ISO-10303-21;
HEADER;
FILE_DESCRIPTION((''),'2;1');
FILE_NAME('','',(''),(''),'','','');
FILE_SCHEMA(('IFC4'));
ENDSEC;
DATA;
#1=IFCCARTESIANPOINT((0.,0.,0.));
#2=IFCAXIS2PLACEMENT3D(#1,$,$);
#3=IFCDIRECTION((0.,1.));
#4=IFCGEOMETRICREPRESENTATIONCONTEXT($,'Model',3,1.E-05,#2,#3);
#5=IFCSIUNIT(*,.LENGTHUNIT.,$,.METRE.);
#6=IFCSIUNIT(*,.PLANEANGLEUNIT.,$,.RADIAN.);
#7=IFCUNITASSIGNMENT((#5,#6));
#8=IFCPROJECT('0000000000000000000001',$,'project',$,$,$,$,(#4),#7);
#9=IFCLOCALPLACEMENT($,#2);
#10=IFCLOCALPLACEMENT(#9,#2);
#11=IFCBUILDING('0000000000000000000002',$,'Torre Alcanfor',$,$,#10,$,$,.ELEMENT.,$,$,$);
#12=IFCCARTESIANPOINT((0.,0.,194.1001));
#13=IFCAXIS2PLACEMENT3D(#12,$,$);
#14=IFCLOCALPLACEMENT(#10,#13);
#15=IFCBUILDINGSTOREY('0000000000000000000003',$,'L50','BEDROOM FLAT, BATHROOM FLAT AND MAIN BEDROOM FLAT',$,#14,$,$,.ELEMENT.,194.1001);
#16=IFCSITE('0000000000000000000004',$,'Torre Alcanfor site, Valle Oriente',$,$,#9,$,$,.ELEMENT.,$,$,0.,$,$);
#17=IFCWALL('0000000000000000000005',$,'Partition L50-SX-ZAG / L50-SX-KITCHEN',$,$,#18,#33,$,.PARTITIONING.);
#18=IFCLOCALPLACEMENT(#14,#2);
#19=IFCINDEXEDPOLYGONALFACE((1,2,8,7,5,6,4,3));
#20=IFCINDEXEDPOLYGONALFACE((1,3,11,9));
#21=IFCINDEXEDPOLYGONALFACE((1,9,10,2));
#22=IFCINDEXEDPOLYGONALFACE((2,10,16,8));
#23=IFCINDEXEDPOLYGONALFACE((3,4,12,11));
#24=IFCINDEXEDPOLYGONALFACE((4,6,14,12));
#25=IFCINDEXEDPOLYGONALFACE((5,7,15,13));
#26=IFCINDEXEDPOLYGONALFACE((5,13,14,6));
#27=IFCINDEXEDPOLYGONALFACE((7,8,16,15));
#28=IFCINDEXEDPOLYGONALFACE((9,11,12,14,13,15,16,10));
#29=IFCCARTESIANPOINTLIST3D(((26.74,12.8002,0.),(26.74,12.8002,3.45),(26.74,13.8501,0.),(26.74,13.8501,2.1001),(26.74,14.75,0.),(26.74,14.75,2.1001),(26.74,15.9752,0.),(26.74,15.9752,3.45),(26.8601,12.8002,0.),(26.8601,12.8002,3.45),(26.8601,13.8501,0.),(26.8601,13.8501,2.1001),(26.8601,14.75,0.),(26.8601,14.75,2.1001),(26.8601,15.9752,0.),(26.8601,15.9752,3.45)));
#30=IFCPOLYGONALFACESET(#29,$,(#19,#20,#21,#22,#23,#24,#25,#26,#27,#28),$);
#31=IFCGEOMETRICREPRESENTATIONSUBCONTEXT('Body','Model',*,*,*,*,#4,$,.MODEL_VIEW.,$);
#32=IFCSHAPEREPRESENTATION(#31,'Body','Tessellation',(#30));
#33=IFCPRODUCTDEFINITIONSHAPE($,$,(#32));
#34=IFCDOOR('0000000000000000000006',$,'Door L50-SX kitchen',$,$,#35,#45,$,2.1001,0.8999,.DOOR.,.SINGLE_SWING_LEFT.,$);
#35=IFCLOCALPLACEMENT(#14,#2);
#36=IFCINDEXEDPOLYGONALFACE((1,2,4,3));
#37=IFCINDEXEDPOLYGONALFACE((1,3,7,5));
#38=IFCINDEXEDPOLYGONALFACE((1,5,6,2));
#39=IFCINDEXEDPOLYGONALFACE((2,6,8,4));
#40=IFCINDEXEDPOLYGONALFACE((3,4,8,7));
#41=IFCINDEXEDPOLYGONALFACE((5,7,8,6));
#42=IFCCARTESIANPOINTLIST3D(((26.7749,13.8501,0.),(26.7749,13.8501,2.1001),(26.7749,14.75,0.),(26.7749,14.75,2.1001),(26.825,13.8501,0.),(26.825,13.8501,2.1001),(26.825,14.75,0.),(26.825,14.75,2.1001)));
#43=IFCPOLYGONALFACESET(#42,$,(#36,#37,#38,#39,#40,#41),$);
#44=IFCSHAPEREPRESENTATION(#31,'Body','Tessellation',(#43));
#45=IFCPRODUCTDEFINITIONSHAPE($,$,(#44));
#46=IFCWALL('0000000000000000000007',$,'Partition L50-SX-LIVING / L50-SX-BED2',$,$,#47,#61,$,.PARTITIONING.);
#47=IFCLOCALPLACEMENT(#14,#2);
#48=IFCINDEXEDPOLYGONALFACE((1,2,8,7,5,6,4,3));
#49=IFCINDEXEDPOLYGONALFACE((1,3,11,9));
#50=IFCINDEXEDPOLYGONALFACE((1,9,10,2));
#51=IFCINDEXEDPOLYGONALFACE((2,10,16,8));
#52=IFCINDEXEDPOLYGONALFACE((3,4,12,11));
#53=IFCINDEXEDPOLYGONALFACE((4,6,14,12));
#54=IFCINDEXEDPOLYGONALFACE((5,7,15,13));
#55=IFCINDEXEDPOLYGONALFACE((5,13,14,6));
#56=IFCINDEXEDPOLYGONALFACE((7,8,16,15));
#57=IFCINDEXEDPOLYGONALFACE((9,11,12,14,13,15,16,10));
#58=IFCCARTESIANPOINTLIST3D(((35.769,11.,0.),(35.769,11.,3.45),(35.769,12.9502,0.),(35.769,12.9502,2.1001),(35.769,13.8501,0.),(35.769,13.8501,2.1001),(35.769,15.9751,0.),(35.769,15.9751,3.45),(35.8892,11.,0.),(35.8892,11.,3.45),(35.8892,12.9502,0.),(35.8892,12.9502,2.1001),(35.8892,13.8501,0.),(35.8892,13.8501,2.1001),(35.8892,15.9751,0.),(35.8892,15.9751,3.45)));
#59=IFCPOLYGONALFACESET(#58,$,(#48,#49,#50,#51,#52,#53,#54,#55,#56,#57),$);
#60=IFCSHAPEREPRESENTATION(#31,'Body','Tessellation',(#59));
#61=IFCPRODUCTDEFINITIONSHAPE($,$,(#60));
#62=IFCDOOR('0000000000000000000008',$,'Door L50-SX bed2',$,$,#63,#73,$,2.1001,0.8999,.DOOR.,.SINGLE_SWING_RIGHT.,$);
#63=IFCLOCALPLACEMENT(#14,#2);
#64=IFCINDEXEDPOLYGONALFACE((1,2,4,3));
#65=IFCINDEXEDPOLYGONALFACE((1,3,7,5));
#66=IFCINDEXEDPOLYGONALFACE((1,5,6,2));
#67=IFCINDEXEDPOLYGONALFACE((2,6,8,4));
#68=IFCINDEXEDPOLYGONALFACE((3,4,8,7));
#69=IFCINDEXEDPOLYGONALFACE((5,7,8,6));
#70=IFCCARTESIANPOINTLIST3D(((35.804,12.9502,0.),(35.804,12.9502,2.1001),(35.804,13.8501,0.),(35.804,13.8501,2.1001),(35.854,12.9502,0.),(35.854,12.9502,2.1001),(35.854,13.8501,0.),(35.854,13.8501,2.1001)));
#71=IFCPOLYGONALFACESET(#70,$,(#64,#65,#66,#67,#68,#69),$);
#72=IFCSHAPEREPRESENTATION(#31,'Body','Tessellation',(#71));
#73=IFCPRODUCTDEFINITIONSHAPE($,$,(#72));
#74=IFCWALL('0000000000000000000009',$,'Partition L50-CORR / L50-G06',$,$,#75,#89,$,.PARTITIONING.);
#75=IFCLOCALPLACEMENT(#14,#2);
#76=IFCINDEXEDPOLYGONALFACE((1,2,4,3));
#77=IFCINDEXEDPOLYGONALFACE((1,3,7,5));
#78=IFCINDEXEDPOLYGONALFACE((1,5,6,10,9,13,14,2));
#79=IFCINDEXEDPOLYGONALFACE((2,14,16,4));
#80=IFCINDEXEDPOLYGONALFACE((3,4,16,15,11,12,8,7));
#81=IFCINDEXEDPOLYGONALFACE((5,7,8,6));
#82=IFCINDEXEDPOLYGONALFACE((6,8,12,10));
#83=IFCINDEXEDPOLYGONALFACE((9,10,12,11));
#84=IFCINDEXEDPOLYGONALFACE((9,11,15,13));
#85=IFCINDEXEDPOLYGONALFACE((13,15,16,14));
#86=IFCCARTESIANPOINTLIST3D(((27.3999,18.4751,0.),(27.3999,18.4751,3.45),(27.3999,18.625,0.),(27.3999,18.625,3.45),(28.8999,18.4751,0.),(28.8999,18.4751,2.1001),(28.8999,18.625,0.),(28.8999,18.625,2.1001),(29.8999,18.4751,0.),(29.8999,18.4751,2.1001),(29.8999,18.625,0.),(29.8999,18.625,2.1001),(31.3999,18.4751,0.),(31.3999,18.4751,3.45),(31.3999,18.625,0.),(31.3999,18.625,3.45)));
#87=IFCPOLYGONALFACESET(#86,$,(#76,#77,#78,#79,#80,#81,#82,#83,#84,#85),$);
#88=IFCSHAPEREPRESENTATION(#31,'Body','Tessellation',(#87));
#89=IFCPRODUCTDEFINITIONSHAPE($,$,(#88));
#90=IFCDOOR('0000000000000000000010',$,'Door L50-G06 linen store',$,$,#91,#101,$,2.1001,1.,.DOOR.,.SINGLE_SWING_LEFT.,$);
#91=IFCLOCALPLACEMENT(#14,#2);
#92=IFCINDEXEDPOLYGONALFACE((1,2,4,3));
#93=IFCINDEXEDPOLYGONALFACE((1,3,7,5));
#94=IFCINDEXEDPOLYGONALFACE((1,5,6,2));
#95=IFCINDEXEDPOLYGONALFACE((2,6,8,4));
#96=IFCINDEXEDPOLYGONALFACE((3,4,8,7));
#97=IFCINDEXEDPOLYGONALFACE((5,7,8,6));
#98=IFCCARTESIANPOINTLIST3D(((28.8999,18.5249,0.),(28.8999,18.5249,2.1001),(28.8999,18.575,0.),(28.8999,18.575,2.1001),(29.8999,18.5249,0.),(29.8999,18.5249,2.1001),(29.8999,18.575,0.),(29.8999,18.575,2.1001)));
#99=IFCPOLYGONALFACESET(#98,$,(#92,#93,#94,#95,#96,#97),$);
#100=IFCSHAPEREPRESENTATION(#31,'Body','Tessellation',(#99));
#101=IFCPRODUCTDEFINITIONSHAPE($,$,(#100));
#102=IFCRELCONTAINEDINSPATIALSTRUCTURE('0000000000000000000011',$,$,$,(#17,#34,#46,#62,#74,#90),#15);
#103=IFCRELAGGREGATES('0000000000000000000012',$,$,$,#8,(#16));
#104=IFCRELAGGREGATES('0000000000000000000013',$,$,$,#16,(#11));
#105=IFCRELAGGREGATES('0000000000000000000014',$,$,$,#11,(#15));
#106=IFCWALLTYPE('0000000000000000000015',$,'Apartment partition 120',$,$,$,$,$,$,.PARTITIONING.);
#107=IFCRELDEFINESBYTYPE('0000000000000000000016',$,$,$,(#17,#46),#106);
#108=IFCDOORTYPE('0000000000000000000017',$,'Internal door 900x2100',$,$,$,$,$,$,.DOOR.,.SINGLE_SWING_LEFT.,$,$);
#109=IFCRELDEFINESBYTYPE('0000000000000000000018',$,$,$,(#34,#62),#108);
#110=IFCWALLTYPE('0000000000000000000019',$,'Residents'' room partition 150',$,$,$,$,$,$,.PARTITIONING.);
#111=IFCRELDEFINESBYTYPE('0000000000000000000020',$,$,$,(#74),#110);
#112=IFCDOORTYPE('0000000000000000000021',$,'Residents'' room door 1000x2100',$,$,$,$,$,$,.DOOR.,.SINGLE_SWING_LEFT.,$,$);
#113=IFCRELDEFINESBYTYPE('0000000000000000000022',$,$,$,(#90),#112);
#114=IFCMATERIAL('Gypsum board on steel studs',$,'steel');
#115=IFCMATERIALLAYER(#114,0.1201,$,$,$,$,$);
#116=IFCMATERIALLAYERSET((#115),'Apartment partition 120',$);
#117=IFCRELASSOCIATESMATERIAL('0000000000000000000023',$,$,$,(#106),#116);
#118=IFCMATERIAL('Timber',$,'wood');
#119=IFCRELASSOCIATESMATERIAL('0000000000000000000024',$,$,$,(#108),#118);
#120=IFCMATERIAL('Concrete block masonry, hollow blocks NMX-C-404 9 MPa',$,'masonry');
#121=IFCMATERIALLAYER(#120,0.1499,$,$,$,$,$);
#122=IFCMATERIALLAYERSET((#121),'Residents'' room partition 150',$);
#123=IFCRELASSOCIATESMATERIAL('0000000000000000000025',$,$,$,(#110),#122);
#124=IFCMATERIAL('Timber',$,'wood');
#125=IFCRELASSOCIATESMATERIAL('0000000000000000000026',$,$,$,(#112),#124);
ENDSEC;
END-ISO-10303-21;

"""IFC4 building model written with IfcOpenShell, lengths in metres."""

from ifc_helpers import new_model, si_unit, direction, frame, frame_2d, origin, place, context, subcontext, project, spatial, rectangle, extrude, material, layer, layer_set, type_object, element, fill, save


model = new_model("IFC4")

# Units and contexts
model_context = context("Model", 3, precision=1e-05, world=origin(), true_north=direction((0.0, 1.0)))
body_context = subcontext(model_context, "Body", "Model", "MODEL_VIEW")
ifc_project = project(units=[si_unit("LENGTHUNIT", "METRE"), si_unit("PLANEANGLEUNIT", "RADIAN")], contexts=[model_context])

# Site, building, storey
site_placement = place(None, origin())
site = spatial("IfcSite", under=ifc_project, at=site_placement, Name="Torre Alcanfor site, Valle Oriente", CompositionType="ELEMENT", RefElevation=0.0)
building_placement = place(site_placement, origin())
building = spatial("IfcBuilding", under=site, at=building_placement, Name="Torre Alcanfor", CompositionType="ELEMENT")
storey_placement = place(building_placement, frame((0.0, 0.0, 194.1001)))
storey = spatial("IfcBuildingStorey", under=building, at=storey_placement, Name="L50", Description="BEDROOM FLAT, BATHROOM FLAT AND MAIN BEDROOM FLAT", CompositionType="ELEMENT", Elevation=194.1001)

# Walls, openings, doors
ifc_material_1 = material(Name="Gypsum board on steel studs", Category="steel")
ifc_layer_1 = layer(ifc_material_1, 0.1201)
ifc_layer_set_1 = layer_set([ifc_layer_1], Name="Apartment partition 120")
wall_type_1 = type_object("IfcWallType", Name="Apartment partition 120", PredefinedType="PARTITIONING", material=ifc_layer_set_1)
wall_1_placement = place(storey_placement, frame((26.8, 15.9751, 0.0), z_axis=(0.0, 0.0, 1.0), x_axis=(0.0, -1.0, 0.0)))
wall_1 = element("IfcWall", 1, at=wall_1_placement, inside=storey, type_object=wall_type_1, Name="Partition L50-SX-ZAG / L50-SX-KITCHEN", PredefinedType="PARTITIONING", context=body_context, shape_type="SweptSolid", body=[
    extrude(rectangle(XDim=3.175, YDim=0.1201, at=frame_2d((1.5874, 0.0))), origin(), (0.0, 0.0, 1.0), 3.45),
])
opening_1_placement = place(wall_1_placement, frame((1.2251, 0.0, 0.0)))
opening_1 = element("IfcOpeningElement", 2, at=opening_1_placement, cuts=wall_1, PredefinedType="OPENING", context=body_context, shape_type="SweptSolid", body=[
    extrude(rectangle(XDim=0.8999, YDim=2.1001, at=frame_2d((0.45, 1.05))), frame((0.0, 0.0701, 0.0), z_axis=(0.0, -1.0, 0.0), x_axis=(1.0, 0.0, 0.0)), (0.0, 0.0, 1.0), 0.1401),
])
ifc_material_2 = material(Name="Timber", Category="wood")
door_type_1 = type_object("IfcDoorType", Name="Internal door 900x2100", OperationType="SINGLE_SWING_LEFT", PredefinedType="DOOR", material=ifc_material_2)
door_1_placement = place(opening_1_placement, frame((0.8999, 0.0, 0.0), z_axis=(0.0, 0.0, 1.0), x_axis=(-1.0, 0.0, 0.0)))
door_1 = element("IfcDoor", 3, at=door_1_placement, inside=storey, type_object=door_type_1, Name="Door L50-SX kitchen", OperationType="SINGLE_SWING_LEFT", OverallHeight=2.1001, OverallWidth=0.8999, PredefinedType="DOOR", context=body_context, shape_type="SweptSolid", body=[
    extrude(rectangle(XDim=0.8999, YDim=2.1001, at=frame_2d((0.45, 1.05))), frame((0.0, 0.0251, 0.0), z_axis=(0.0, -1.0, 0.0), x_axis=(1.0, 0.0, 0.0)), (0.0, 0.0, 1.0), 0.05),
])
fill(opening_1, door_1)
wall_2_placement = place(storey_placement, frame((35.8291, 15.9751, 0.0), z_axis=(0.0, 0.0, 1.0), x_axis=(0.0, -1.0, 0.0)))
wall_2 = element("IfcWall", 4, at=wall_2_placement, inside=storey, type_object=wall_type_1, Name="Partition L50-SX-LIVING / L50-SX-BED2", PredefinedType="PARTITIONING", context=body_context, shape_type="SweptSolid", body=[
    extrude(rectangle(XDim=4.9751, YDim=0.1201, at=frame_2d((2.4875, 0.0))), origin(), (0.0, 0.0, 1.0), 3.45),
])
opening_2_placement = place(wall_2_placement, frame((2.125, 0.0, 0.0)))
opening_2 = element("IfcOpeningElement", 5, at=opening_2_placement, cuts=wall_2, PredefinedType="OPENING", context=body_context, shape_type="SweptSolid", body=[
    extrude(rectangle(XDim=0.8999, YDim=2.1001, at=frame_2d((0.45, 1.05))), frame((0.0, 0.0701, 0.0), z_axis=(0.0, -1.0, 0.0), x_axis=(1.0, 0.0, 0.0)), (0.0, 0.0, 1.0), 0.1401),
])
door_2_placement = place(opening_2_placement, origin())
door_2 = element("IfcDoor", 6, at=door_2_placement, inside=storey, type_object=door_type_1, Name="Door L50-SX bed2", OperationType="SINGLE_SWING_RIGHT", OverallHeight=2.1001, OverallWidth=0.8999, PredefinedType="DOOR", context=body_context, shape_type="SweptSolid", body=[
    extrude(rectangle(XDim=0.8999, YDim=2.1001, at=frame_2d((0.45, 1.05))), frame((0.0, 0.0249, 0.0), z_axis=(0.0, -1.0, 0.0), x_axis=(1.0, 0.0, 0.0)), (0.0, 0.0, 1.0), 0.05),
])
fill(opening_2, door_2)
ifc_material_3 = material(Name="Concrete block masonry, hollow blocks NMX-C-404 9 MPa", Category="masonry")
ifc_layer_2 = layer(ifc_material_3, 0.1499)
ifc_layer_set_2 = layer_set([ifc_layer_2], Name="Residents' room partition 150")
wall_type_2 = type_object("IfcWallType", Name="Residents' room partition 150", PredefinedType="PARTITIONING", material=ifc_layer_set_2)
wall_3_placement = place(storey_placement, frame((27.3999, 18.55, 0.0), z_axis=(0.0, 0.0, 1.0), x_axis=(1.0, 0.0, 0.0)))
wall_3 = element("IfcWall", 7, at=wall_3_placement, inside=storey, type_object=wall_type_2, Name="Partition L50-CORR / L50-G06", PredefinedType="PARTITIONING", context=body_context, shape_type="SweptSolid", body=[
    extrude(rectangle(XDim=4.0, YDim=0.1499, at=frame_2d((2.0, 0.0))), origin(), (0.0, 0.0, 1.0), 3.45),
])
opening_3_placement = place(wall_3_placement, frame((1.5, 0.0, 0.0)))
opening_3 = element("IfcOpeningElement", 8, at=opening_3_placement, cuts=wall_3, PredefinedType="OPENING", context=body_context, shape_type="SweptSolid", body=[
    extrude(rectangle(XDim=1.0, YDim=2.1001, at=frame_2d((0.5, 1.05))), frame((0.0, 0.085, 0.0), z_axis=(0.0, -1.0, 0.0), x_axis=(1.0, 0.0, 0.0)), (0.0, 0.0, 1.0), 0.1699),
])
ifc_material_4 = material(Name="Timber", Category="wood")
door_type_2 = type_object("IfcDoorType", Name="Residents' room door 1000x2100", OperationType="SINGLE_SWING_LEFT", PredefinedType="DOOR", material=ifc_material_4)
door_3_placement = place(opening_3_placement, origin())
door_3 = element("IfcDoor", 9, at=door_3_placement, inside=storey, type_object=door_type_2, Name="Door L50-G06 linen store", OperationType="SINGLE_SWING_LEFT", OverallHeight=2.1001, OverallWidth=1.0, PredefinedType="DOOR", context=body_context, shape_type="SweptSolid", body=[
    extrude(rectangle(XDim=1.0, YDim=2.1001, at=frame_2d((0.5, 1.05))), frame((0.0, 0.0249, 0.0), z_axis=(0.0, -1.0, 0.0), x_axis=(1.0, 0.0, 0.0)), (0.0, 0.0, 1.0), 0.05),
])
fill(opening_3, door_3)

save(model, "model.ifc")
